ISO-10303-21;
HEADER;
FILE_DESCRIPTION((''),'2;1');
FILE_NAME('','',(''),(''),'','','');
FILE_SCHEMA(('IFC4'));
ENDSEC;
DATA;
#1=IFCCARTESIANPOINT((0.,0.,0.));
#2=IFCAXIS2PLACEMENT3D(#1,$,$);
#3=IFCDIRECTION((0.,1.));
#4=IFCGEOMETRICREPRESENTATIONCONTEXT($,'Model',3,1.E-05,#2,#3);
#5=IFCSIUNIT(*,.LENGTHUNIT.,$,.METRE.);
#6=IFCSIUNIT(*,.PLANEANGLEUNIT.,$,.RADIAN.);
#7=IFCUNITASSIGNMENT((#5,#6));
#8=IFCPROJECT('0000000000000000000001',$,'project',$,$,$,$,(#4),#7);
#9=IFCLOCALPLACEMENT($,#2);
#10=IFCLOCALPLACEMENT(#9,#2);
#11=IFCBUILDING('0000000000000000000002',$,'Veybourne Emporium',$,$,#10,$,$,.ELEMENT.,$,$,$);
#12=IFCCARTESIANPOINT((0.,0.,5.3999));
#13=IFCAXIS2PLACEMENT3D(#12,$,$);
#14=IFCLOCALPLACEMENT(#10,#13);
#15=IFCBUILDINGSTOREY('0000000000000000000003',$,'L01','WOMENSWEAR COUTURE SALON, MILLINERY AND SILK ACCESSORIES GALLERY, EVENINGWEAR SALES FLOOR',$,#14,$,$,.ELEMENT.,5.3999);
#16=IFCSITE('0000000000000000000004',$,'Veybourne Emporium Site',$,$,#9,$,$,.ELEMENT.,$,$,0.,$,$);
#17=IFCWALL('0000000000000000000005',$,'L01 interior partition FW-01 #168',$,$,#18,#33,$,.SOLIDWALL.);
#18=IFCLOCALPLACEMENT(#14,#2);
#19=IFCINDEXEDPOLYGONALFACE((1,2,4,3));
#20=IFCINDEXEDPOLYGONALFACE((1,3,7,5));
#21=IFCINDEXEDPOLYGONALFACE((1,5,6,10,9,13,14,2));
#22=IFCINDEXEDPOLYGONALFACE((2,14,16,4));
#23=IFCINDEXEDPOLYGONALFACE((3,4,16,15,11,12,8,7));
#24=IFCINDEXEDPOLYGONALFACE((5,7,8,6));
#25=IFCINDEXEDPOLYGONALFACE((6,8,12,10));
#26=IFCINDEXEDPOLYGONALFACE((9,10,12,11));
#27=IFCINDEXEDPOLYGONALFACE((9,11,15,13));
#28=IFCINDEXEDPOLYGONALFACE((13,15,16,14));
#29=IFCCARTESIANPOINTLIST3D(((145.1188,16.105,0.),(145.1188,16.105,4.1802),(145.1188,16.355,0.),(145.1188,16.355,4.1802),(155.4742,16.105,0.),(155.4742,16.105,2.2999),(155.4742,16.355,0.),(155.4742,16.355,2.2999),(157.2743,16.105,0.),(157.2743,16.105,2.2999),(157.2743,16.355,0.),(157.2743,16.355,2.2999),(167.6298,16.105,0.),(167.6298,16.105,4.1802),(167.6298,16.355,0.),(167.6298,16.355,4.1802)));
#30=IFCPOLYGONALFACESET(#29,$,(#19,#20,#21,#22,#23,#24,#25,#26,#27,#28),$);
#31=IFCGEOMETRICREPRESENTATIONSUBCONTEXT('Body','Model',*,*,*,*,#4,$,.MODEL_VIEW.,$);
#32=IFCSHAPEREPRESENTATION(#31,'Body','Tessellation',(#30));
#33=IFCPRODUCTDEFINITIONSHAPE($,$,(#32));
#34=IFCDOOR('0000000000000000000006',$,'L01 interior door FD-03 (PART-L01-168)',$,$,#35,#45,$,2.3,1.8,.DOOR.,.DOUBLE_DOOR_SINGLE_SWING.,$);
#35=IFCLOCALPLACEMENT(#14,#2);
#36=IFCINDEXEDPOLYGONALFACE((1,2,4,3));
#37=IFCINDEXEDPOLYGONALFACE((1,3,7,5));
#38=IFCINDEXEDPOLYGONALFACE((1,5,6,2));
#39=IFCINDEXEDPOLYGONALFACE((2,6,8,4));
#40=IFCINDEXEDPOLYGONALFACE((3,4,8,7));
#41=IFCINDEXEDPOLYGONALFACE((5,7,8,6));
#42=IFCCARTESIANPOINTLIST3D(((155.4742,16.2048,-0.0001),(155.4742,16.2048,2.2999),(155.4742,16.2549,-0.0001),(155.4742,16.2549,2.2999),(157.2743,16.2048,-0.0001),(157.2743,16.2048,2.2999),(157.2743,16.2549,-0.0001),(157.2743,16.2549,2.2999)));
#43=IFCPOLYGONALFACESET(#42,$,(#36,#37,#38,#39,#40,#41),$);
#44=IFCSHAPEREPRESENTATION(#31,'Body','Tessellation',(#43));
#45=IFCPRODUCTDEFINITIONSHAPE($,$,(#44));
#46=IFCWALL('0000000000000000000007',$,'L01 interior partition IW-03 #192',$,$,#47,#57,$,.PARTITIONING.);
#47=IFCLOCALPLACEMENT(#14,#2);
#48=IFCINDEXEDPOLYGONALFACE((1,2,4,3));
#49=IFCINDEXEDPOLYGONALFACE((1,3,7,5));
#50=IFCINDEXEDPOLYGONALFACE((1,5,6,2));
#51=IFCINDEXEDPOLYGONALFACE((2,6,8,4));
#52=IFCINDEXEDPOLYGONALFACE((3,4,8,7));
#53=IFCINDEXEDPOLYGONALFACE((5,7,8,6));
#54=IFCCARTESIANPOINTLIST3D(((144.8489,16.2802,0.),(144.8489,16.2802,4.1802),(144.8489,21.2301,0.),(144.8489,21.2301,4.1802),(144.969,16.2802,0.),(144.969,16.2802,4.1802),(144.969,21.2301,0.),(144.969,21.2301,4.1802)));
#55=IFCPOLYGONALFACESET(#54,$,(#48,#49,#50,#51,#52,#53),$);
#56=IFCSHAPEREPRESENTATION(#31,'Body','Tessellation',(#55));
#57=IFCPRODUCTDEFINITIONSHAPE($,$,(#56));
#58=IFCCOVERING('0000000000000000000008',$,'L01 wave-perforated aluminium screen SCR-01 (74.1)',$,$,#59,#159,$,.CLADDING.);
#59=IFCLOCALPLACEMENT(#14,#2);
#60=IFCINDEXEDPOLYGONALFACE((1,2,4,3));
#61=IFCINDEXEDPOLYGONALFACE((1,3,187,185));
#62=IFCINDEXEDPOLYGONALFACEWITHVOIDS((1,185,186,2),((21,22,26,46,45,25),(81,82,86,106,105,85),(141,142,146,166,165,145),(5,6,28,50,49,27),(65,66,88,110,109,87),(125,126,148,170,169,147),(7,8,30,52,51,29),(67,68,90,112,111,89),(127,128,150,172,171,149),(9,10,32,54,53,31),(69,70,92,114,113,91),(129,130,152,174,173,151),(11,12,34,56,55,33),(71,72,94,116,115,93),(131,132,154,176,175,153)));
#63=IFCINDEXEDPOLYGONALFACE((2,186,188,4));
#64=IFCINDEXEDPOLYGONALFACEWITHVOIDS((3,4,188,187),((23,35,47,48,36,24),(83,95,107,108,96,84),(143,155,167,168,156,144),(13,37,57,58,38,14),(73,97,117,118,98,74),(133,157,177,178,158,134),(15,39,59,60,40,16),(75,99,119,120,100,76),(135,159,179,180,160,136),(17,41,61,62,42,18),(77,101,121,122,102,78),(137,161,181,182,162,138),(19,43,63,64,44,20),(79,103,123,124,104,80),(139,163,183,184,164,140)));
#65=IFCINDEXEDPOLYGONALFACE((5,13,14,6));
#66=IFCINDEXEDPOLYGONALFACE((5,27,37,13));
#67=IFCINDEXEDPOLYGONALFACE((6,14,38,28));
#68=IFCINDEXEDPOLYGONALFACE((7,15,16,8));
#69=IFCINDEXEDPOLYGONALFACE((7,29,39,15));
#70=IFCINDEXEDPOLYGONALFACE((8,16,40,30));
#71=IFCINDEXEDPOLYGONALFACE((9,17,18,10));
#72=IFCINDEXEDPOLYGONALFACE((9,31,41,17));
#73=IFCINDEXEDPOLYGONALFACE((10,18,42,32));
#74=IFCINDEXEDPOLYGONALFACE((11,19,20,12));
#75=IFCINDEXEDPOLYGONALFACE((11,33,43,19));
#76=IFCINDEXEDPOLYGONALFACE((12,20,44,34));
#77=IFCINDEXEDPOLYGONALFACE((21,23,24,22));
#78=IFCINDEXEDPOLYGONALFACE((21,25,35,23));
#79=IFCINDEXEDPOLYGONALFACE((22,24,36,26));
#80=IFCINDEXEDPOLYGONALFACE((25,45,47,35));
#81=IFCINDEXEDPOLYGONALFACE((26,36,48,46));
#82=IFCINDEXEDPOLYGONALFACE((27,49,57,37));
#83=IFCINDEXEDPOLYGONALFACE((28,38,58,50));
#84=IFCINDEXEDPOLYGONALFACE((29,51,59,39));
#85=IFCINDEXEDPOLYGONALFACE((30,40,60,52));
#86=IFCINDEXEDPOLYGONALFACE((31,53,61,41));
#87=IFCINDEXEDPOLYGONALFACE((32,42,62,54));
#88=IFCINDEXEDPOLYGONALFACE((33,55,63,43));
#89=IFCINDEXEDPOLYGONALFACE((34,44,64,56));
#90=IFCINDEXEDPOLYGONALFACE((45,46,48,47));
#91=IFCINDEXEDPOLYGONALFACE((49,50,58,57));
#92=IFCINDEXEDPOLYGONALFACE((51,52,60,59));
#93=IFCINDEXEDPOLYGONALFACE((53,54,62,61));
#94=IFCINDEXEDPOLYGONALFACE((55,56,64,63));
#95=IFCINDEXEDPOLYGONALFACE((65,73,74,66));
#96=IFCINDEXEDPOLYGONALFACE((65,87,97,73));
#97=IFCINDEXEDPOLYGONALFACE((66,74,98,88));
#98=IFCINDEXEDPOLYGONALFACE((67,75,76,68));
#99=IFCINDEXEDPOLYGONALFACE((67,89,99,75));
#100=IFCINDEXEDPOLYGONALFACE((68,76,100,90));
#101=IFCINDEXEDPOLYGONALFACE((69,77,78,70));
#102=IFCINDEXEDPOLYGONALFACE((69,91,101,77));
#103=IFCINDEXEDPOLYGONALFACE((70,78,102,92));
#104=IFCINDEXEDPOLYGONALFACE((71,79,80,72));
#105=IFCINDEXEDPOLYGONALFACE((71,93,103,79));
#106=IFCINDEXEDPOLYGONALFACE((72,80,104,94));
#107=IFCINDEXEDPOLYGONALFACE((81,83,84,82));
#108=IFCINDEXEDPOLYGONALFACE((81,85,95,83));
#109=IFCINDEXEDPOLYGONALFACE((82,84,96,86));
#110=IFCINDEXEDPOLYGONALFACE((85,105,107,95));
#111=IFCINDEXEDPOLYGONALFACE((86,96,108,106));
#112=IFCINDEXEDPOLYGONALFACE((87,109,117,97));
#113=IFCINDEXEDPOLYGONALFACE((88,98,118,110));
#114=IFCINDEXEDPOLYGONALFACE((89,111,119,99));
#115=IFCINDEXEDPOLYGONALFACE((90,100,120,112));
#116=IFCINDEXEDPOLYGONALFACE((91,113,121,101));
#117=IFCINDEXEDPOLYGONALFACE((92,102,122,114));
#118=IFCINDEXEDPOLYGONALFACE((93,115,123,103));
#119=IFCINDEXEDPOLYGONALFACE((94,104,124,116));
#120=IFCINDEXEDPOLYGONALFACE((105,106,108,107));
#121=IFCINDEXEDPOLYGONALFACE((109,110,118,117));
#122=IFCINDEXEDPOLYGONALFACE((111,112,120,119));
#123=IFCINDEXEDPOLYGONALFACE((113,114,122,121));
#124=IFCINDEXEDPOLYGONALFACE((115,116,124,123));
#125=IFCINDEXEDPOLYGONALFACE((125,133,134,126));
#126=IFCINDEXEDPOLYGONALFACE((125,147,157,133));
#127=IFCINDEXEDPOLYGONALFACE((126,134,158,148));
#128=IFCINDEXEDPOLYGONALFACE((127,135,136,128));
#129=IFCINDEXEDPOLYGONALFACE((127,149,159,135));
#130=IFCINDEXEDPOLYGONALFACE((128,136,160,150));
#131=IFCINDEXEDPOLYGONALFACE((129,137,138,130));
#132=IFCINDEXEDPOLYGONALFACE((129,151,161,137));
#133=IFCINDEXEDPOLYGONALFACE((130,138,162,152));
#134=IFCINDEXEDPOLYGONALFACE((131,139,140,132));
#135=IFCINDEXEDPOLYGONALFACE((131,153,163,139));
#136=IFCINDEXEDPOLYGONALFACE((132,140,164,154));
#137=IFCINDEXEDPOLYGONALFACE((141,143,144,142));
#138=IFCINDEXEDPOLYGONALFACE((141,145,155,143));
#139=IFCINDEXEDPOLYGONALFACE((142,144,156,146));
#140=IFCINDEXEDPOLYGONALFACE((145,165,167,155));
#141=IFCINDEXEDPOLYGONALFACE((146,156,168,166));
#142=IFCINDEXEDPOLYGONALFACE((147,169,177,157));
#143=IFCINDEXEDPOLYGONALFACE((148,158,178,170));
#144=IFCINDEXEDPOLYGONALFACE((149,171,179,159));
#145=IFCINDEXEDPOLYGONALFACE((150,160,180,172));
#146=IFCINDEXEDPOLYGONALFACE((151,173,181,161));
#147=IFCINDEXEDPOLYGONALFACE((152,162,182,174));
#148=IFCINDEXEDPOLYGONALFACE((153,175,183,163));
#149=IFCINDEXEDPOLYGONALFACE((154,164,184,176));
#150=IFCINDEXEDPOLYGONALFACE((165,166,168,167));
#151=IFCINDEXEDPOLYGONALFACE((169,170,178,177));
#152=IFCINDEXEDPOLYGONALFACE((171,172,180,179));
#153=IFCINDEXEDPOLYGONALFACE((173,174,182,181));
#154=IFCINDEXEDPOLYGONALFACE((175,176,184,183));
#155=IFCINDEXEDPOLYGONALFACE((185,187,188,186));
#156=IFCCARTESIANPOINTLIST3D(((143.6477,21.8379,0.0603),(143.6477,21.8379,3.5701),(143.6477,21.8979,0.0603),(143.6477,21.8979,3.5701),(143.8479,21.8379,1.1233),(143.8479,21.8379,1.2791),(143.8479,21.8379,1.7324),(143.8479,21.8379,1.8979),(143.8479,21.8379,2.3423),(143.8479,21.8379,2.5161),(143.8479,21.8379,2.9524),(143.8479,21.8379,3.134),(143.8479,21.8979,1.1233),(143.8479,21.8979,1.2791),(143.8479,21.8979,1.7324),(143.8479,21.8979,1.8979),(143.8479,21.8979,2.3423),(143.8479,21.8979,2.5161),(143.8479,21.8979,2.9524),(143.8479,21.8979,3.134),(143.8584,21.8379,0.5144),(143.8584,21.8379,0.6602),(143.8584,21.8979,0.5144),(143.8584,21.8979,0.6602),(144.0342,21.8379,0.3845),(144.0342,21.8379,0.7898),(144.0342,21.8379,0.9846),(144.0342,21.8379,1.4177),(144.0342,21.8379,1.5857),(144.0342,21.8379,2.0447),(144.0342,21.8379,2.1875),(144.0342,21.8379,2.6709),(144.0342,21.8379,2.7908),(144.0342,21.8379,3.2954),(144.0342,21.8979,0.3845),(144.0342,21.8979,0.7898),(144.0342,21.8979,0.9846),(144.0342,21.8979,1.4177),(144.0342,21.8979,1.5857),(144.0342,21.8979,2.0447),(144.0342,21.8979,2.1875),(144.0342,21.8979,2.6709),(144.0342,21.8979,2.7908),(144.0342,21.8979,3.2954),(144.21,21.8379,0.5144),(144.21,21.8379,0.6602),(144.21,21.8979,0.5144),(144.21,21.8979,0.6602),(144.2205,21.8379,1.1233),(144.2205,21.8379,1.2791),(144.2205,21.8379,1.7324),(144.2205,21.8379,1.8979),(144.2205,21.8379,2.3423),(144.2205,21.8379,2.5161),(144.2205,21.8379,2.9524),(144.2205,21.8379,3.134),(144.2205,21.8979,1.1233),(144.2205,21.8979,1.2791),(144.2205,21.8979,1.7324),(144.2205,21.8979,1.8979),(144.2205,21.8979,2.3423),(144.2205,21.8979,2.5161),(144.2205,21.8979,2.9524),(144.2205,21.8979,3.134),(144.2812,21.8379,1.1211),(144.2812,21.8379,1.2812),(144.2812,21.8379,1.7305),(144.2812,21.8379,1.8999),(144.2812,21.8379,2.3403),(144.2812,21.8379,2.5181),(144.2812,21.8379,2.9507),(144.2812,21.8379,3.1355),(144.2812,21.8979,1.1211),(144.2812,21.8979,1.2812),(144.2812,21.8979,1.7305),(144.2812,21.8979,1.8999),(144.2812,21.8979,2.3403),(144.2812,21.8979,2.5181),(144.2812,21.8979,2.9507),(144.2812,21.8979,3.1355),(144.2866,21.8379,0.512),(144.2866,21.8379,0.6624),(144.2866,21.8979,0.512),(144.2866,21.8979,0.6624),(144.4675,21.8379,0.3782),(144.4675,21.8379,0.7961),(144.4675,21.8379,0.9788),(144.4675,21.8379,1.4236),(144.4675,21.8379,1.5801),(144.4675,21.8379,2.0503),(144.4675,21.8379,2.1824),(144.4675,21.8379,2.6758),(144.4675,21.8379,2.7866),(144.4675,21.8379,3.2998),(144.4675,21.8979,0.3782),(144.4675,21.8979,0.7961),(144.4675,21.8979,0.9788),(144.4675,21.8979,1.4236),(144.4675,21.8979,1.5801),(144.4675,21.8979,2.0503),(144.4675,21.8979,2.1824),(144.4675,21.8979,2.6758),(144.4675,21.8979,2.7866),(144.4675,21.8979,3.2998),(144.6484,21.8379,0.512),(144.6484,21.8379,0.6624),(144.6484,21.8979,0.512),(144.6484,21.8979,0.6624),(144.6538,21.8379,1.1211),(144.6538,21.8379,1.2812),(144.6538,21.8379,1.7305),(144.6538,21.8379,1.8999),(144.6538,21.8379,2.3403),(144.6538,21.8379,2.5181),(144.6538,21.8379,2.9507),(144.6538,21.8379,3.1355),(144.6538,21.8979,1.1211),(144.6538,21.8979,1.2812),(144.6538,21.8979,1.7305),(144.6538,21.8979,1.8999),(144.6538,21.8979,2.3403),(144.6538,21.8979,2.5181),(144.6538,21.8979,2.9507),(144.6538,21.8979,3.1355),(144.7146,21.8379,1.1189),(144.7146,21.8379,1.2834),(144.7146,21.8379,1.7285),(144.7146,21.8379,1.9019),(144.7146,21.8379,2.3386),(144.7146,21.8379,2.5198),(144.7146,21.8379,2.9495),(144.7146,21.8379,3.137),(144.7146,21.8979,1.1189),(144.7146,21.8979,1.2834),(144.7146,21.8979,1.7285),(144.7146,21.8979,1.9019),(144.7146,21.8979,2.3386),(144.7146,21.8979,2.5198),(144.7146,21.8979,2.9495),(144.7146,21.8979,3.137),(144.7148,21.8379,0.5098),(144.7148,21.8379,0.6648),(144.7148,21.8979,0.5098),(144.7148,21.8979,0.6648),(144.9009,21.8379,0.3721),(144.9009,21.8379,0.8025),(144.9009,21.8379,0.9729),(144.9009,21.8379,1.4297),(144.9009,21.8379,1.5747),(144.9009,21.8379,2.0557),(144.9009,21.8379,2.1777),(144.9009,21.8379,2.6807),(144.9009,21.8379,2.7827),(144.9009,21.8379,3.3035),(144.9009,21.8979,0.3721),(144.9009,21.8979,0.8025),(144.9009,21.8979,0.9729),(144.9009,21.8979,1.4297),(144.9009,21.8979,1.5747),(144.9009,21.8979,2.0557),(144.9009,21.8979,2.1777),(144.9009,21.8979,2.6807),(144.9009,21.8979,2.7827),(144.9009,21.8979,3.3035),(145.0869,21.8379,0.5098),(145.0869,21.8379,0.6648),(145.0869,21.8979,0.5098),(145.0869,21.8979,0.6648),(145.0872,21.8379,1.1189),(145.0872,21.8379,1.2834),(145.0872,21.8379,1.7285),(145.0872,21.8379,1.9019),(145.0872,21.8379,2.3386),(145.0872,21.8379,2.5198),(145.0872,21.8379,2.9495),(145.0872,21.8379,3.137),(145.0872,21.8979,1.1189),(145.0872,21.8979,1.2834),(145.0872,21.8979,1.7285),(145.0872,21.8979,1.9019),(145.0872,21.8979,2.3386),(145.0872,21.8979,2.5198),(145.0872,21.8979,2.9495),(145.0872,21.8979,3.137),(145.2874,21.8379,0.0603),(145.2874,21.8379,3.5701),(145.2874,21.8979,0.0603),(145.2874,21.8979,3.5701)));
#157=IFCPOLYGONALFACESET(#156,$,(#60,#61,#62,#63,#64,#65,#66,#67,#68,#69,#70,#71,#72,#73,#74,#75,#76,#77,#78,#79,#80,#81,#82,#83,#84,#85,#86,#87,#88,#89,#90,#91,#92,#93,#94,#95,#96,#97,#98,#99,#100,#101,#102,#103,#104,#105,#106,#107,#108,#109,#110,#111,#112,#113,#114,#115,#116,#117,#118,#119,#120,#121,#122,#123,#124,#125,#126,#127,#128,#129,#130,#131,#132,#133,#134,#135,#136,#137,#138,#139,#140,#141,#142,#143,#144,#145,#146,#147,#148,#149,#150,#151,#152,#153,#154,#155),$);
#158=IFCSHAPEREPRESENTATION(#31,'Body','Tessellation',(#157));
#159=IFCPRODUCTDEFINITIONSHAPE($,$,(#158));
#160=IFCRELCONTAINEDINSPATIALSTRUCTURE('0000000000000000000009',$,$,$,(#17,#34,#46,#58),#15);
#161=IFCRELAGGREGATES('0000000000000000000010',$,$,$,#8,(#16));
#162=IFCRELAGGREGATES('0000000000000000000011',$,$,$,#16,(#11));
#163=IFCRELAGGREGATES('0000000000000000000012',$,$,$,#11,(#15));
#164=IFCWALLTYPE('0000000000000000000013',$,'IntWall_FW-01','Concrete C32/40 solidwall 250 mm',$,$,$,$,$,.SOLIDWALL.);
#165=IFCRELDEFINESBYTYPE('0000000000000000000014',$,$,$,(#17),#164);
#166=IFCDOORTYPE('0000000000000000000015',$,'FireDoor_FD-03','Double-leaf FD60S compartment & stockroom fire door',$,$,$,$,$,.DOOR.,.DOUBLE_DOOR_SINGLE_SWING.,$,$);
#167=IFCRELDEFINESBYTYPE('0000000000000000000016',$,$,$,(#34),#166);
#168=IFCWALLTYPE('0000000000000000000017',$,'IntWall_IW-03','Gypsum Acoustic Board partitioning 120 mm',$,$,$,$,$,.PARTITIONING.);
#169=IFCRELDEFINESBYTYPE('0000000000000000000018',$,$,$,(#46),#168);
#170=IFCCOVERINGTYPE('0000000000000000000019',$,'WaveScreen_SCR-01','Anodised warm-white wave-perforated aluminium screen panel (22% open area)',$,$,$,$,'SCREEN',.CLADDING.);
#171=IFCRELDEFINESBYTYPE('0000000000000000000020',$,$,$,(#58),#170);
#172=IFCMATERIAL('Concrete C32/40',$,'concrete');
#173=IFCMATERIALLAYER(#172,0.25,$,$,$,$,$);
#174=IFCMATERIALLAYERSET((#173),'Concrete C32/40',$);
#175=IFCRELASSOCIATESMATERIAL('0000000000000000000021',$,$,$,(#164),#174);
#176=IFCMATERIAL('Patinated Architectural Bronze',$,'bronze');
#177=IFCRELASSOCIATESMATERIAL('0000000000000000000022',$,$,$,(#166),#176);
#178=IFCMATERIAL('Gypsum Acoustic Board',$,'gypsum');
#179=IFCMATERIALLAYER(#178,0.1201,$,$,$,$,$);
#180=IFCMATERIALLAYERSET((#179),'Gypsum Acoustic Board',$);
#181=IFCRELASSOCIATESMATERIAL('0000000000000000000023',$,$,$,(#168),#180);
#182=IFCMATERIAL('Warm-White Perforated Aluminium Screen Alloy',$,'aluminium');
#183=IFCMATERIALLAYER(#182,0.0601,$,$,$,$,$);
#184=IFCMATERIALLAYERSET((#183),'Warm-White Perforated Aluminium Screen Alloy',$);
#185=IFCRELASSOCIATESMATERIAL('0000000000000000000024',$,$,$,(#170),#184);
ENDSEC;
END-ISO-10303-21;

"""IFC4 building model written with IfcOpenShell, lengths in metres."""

from ifc_helpers import new_model, si_unit, direction, frame, frame_2d, origin, place, context, subcontext, project, spatial, polyline, rectangle, outline, extrude, material, layer, layer_set, type_object, element, fill, save


model = new_model("IFC4")

# Units and contexts
model_context = context("Model", 3, precision=1e-05, world=origin(), true_north=direction((0.0, 1.0)))
body_context = subcontext(model_context, "Body", "Model", "MODEL_VIEW")
ifc_project = project(units=[si_unit("LENGTHUNIT", "METRE"), si_unit("PLANEANGLEUNIT", "RADIAN")], contexts=[model_context])

# Site, building, storey
site_placement = place(None, origin())
site = spatial("IfcSite", under=ifc_project, at=site_placement, Name="Veybourne Emporium Site", CompositionType="ELEMENT", RefElevation=0.0)
building_placement = place(site_placement, origin())
building = spatial("IfcBuilding", under=site, at=building_placement, Name="Veybourne Emporium", CompositionType="ELEMENT")
storey_placement = place(building_placement, frame((0.0, 0.0, 5.3999)))
storey = spatial("IfcBuildingStorey", under=building, at=storey_placement, Name="L01", Description="WOMENSWEAR COUTURE SALON, MILLINERY AND SILK ACCESSORIES GALLERY, EVENINGWEAR SALES FLOOR", CompositionType="ELEMENT", Elevation=5.3999)

# Shared definitions
ifc_material_1 = material(Name="Patinated Architectural Bronze", Category="bronze")

# Shared definitions
ifc_material_2 = material(Name="Concrete C32/40", Category="concrete")

# Wall, opening, door
ifc_layer_1 = layer(ifc_material_2, 0.25)
ifc_layer_set_1 = layer_set([ifc_layer_1], Name="Concrete C32/40")
wall_type_1 = type_object("IfcWallType", Name="IntWall_FW-01", Description="Concrete C32/40 solidwall 250 mm", PredefinedType="SOLIDWALL", material=ifc_layer_set_1)
door_type_1 = type_object("IfcDoorType", Name="FireDoor_FD-03", Description="Double-leaf FD60S compartment & stockroom fire door", OperationType="DOUBLE_DOOR_SINGLE_SWING", PredefinedType="DOOR", material=ifc_material_1)
wall_1_placement = place(storey_placement, frame((145.1189, 16.23, 0.0), z_axis=(0.0, 0.0, 1.0), x_axis=(1.0, 0.0, 0.0)))
wall_1 = element("IfcWall", 1, at=wall_1_placement, inside=storey, type_object=wall_type_1, Name="L01 interior partition FW-01 #168", PredefinedType="SOLIDWALL", context=body_context, shape_type="SweptSolid", body=[
    extrude(rectangle(XDim=22.511, YDim=0.25, at=frame_2d((11.2554, 0.0))), origin(), (0.0, 0.0, 1.0), 4.1802),
])
opening_1_placement = place(wall_1_placement, frame((10.3555, 0.0, 0.0)))
opening_1 = element("IfcOpeningElement", 2, at=opening_1_placement, cuts=wall_1, PredefinedType="OPENING", context=body_context, shape_type="SweptSolid", body=[
    extrude(rectangle(XDim=1.8, YDim=2.3, at=frame_2d((0.8999, 1.1499))), frame((0.0, 0.145, 0.0), z_axis=(0.0, -1.0, 0.0), x_axis=(1.0, 0.0, 0.0)), (0.0, 0.0, 1.0), 0.29),
])
door_1_placement = place(opening_1_placement, origin())
door_1 = element("IfcDoor", 3, at=door_1_placement, inside=storey, type_object=door_type_1, Name="L01 interior door FD-03 (PART-L01-168)", OperationType="DOUBLE_DOOR_SINGLE_SWING", OverallHeight=2.3, OverallWidth=1.8, PredefinedType="DOOR", context=body_context, shape_type="SweptSolid", body=[
    extrude(rectangle(XDim=1.8, YDim=2.3, at=frame_2d((0.8999, 1.1499))), frame((0.0, 0.0249, 0.0), z_axis=(0.0, -1.0, 0.0), x_axis=(1.0, 0.0, 0.0)), (0.0, 0.0, 1.0), 0.05),
])
fill(opening_1, door_1)

# Wall
ifc_material_3 = material(Name="Gypsum Acoustic Board", Category="gypsum")
ifc_layer_2 = layer(ifc_material_3, 0.1201)
ifc_layer_set_2 = layer_set([ifc_layer_2], Name="Gypsum Acoustic Board")
wall_type_2 = type_object("IfcWallType", Name="IntWall_IW-03", Description="Gypsum Acoustic Board partitioning 120 mm", PredefinedType="PARTITIONING", material=ifc_layer_set_2)
wall_2_placement = place(storey_placement, frame((144.9089, 16.28, 0.0), z_axis=(0.0, 0.0, 1.0), x_axis=(0.0, 1.0, 0.0)))
element("IfcWall", 4, at=wall_2_placement, inside=storey, type_object=wall_type_2, Name="L01 interior partition IW-03 #192", PredefinedType="PARTITIONING", context=body_context, shape_type="SweptSolid", body=[
    extrude(rectangle(XDim=4.95, YDim=0.1201, at=frame_2d((2.4751, 0.0))), origin(), (0.0, 0.0, 1.0), 4.1802),
])

# Covering
ifc_material_4 = material(Name="Warm-White Perforated Aluminium Screen Alloy", Category="aluminium")
ifc_layer_3 = layer(ifc_material_4, 0.0601)
ifc_layer_set_3 = layer_set([ifc_layer_3], Name="Warm-White Perforated Aluminium Screen Alloy")
covering_type_1 = type_object("IfcCoveringType", Name="WaveScreen_SCR-01", Description="Anodised warm-white wave-perforated aluminium screen panel (22% open area)", ElementType="SCREEN", PredefinedType="CLADDING", material=ifc_layer_set_3)
covering_1_placement = place(storey_placement, frame((144.4675, 21.8979, 1.8152), z_axis=(0.0, -1.0, 0.0), x_axis=(1.0, 0.0, 0.0)))
element("IfcCovering", 5, at=covering_1_placement, inside=storey, type_object=covering_type_1, Name="L01 wave-perforated aluminium screen SCR-01 (74.1)", PredefinedType="CLADDING", context=body_context, shape_type="SweptSolid", body=[
    extrude(outline(polyline([(-0.8198, -1.7549), (0.8198, -1.7549), (0.8198, 1.7549), (-0.8198, 1.7549), (-0.8198, -1.7549)]), holes=[polyline([(-0.4333, -1.0254), (-0.2576, -1.155), (-0.2576, -1.3008), (-0.4333, -1.4307), (-0.6091, -1.3008), (-0.6091, -1.155), (-0.4333, -1.0254)]), polyline([(-0.4333, -0.3975), (-0.2471, -0.5361), (-0.2471, -0.6919), (-0.4333, -0.8306), (-0.6196, -0.6919), (-0.6196, -0.5361), (-0.4333, -0.3975)]), polyline([(-0.4333, 0.2295), (-0.2471, 0.0828), (-0.2471, -0.0828), (-0.4333, -0.2295), (-0.6196, -0.0828), (-0.6196, 0.0828), (-0.4333, 0.2295)]), polyline([(-0.4333, 0.8557), (-0.2471, 0.7009), (-0.2471, 0.5271), (-0.4333, 0.3723), (-0.6196, 0.5271), (-0.6196, 0.7009), (-0.4333, 0.8557)]), polyline([(-0.4333, 1.4802), (-0.2471, 1.3188), (-0.2471, 1.1372), (-0.4333, 0.9756), (-0.6196, 1.1372), (-0.6196, 1.3188), (-0.4333, 1.4802)]), polyline([(0.0, -1.019), (0.1809, -1.1528), (0.1809, -1.3032), (0.0, -1.437), (-0.1809, -1.3032), (-0.1809, -1.1528), (0.0, -1.019)]), polyline([(0.0, -0.3916), (0.1863, -0.5339), (0.1863, -0.6941), (0.0, -0.8364), (-0.1863, -0.6941), (-0.1863, -0.5339), (0.0, -0.3916)]), polyline([(0.0, 0.2351), (0.1863, 0.0847), (0.1863, -0.0847), (0.0, -0.2351), (-0.1863, -0.0847), (-0.1863, 0.0847), (0.0, 0.2351)]), polyline([(0.0, 0.8606), (0.1863, 0.7029), (0.1863, 0.5251), (0.0, 0.3672), (-0.1863, 0.5251), (-0.1863, 0.7029), (0.0, 0.8606)]), polyline([(0.0, 1.4846), (0.1863, 1.3203), (0.1863, 1.1355), (0.0, 0.9714), (-0.1863, 1.1355), (-0.1863, 1.3203), (0.0, 1.4846)]), polyline([(0.4333, -1.0127), (0.6194, -1.1504), (0.6194, -1.3054), (0.4333, -1.4431), (0.2473, -1.3054), (0.2473, -1.1504), (0.4333, -1.0127)]), polyline([(0.4333, -0.3855), (0.6196, -0.5317), (0.6196, -0.6963), (0.4333, -0.8423), (0.2471, -0.6963), (0.2471, -0.5317), (0.4333, -0.3855)]), polyline([(0.4333, 0.2405), (0.6196, 0.0867), (0.6196, -0.0867), (0.4333, -0.2405), (0.2471, -0.0867), (0.2471, 0.0867), (0.4333, 0.2405)]), polyline([(0.4333, 0.8655), (0.6196, 0.7046), (0.6196, 0.5234), (0.4333, 0.3625), (0.2471, 0.5234), (0.2471, 0.7046), (0.4333, 0.8655)]), polyline([(0.4333, 1.4883), (0.6196, 1.3218), (0.6196, 1.1343), (0.4333, 0.9675), (0.2471, 1.1343), (0.2471, 1.3218), (0.4333, 1.4883)])]), origin(), (0.0, 0.0, 1.0), 0.0601),
])

save(model, "model.ifc")
